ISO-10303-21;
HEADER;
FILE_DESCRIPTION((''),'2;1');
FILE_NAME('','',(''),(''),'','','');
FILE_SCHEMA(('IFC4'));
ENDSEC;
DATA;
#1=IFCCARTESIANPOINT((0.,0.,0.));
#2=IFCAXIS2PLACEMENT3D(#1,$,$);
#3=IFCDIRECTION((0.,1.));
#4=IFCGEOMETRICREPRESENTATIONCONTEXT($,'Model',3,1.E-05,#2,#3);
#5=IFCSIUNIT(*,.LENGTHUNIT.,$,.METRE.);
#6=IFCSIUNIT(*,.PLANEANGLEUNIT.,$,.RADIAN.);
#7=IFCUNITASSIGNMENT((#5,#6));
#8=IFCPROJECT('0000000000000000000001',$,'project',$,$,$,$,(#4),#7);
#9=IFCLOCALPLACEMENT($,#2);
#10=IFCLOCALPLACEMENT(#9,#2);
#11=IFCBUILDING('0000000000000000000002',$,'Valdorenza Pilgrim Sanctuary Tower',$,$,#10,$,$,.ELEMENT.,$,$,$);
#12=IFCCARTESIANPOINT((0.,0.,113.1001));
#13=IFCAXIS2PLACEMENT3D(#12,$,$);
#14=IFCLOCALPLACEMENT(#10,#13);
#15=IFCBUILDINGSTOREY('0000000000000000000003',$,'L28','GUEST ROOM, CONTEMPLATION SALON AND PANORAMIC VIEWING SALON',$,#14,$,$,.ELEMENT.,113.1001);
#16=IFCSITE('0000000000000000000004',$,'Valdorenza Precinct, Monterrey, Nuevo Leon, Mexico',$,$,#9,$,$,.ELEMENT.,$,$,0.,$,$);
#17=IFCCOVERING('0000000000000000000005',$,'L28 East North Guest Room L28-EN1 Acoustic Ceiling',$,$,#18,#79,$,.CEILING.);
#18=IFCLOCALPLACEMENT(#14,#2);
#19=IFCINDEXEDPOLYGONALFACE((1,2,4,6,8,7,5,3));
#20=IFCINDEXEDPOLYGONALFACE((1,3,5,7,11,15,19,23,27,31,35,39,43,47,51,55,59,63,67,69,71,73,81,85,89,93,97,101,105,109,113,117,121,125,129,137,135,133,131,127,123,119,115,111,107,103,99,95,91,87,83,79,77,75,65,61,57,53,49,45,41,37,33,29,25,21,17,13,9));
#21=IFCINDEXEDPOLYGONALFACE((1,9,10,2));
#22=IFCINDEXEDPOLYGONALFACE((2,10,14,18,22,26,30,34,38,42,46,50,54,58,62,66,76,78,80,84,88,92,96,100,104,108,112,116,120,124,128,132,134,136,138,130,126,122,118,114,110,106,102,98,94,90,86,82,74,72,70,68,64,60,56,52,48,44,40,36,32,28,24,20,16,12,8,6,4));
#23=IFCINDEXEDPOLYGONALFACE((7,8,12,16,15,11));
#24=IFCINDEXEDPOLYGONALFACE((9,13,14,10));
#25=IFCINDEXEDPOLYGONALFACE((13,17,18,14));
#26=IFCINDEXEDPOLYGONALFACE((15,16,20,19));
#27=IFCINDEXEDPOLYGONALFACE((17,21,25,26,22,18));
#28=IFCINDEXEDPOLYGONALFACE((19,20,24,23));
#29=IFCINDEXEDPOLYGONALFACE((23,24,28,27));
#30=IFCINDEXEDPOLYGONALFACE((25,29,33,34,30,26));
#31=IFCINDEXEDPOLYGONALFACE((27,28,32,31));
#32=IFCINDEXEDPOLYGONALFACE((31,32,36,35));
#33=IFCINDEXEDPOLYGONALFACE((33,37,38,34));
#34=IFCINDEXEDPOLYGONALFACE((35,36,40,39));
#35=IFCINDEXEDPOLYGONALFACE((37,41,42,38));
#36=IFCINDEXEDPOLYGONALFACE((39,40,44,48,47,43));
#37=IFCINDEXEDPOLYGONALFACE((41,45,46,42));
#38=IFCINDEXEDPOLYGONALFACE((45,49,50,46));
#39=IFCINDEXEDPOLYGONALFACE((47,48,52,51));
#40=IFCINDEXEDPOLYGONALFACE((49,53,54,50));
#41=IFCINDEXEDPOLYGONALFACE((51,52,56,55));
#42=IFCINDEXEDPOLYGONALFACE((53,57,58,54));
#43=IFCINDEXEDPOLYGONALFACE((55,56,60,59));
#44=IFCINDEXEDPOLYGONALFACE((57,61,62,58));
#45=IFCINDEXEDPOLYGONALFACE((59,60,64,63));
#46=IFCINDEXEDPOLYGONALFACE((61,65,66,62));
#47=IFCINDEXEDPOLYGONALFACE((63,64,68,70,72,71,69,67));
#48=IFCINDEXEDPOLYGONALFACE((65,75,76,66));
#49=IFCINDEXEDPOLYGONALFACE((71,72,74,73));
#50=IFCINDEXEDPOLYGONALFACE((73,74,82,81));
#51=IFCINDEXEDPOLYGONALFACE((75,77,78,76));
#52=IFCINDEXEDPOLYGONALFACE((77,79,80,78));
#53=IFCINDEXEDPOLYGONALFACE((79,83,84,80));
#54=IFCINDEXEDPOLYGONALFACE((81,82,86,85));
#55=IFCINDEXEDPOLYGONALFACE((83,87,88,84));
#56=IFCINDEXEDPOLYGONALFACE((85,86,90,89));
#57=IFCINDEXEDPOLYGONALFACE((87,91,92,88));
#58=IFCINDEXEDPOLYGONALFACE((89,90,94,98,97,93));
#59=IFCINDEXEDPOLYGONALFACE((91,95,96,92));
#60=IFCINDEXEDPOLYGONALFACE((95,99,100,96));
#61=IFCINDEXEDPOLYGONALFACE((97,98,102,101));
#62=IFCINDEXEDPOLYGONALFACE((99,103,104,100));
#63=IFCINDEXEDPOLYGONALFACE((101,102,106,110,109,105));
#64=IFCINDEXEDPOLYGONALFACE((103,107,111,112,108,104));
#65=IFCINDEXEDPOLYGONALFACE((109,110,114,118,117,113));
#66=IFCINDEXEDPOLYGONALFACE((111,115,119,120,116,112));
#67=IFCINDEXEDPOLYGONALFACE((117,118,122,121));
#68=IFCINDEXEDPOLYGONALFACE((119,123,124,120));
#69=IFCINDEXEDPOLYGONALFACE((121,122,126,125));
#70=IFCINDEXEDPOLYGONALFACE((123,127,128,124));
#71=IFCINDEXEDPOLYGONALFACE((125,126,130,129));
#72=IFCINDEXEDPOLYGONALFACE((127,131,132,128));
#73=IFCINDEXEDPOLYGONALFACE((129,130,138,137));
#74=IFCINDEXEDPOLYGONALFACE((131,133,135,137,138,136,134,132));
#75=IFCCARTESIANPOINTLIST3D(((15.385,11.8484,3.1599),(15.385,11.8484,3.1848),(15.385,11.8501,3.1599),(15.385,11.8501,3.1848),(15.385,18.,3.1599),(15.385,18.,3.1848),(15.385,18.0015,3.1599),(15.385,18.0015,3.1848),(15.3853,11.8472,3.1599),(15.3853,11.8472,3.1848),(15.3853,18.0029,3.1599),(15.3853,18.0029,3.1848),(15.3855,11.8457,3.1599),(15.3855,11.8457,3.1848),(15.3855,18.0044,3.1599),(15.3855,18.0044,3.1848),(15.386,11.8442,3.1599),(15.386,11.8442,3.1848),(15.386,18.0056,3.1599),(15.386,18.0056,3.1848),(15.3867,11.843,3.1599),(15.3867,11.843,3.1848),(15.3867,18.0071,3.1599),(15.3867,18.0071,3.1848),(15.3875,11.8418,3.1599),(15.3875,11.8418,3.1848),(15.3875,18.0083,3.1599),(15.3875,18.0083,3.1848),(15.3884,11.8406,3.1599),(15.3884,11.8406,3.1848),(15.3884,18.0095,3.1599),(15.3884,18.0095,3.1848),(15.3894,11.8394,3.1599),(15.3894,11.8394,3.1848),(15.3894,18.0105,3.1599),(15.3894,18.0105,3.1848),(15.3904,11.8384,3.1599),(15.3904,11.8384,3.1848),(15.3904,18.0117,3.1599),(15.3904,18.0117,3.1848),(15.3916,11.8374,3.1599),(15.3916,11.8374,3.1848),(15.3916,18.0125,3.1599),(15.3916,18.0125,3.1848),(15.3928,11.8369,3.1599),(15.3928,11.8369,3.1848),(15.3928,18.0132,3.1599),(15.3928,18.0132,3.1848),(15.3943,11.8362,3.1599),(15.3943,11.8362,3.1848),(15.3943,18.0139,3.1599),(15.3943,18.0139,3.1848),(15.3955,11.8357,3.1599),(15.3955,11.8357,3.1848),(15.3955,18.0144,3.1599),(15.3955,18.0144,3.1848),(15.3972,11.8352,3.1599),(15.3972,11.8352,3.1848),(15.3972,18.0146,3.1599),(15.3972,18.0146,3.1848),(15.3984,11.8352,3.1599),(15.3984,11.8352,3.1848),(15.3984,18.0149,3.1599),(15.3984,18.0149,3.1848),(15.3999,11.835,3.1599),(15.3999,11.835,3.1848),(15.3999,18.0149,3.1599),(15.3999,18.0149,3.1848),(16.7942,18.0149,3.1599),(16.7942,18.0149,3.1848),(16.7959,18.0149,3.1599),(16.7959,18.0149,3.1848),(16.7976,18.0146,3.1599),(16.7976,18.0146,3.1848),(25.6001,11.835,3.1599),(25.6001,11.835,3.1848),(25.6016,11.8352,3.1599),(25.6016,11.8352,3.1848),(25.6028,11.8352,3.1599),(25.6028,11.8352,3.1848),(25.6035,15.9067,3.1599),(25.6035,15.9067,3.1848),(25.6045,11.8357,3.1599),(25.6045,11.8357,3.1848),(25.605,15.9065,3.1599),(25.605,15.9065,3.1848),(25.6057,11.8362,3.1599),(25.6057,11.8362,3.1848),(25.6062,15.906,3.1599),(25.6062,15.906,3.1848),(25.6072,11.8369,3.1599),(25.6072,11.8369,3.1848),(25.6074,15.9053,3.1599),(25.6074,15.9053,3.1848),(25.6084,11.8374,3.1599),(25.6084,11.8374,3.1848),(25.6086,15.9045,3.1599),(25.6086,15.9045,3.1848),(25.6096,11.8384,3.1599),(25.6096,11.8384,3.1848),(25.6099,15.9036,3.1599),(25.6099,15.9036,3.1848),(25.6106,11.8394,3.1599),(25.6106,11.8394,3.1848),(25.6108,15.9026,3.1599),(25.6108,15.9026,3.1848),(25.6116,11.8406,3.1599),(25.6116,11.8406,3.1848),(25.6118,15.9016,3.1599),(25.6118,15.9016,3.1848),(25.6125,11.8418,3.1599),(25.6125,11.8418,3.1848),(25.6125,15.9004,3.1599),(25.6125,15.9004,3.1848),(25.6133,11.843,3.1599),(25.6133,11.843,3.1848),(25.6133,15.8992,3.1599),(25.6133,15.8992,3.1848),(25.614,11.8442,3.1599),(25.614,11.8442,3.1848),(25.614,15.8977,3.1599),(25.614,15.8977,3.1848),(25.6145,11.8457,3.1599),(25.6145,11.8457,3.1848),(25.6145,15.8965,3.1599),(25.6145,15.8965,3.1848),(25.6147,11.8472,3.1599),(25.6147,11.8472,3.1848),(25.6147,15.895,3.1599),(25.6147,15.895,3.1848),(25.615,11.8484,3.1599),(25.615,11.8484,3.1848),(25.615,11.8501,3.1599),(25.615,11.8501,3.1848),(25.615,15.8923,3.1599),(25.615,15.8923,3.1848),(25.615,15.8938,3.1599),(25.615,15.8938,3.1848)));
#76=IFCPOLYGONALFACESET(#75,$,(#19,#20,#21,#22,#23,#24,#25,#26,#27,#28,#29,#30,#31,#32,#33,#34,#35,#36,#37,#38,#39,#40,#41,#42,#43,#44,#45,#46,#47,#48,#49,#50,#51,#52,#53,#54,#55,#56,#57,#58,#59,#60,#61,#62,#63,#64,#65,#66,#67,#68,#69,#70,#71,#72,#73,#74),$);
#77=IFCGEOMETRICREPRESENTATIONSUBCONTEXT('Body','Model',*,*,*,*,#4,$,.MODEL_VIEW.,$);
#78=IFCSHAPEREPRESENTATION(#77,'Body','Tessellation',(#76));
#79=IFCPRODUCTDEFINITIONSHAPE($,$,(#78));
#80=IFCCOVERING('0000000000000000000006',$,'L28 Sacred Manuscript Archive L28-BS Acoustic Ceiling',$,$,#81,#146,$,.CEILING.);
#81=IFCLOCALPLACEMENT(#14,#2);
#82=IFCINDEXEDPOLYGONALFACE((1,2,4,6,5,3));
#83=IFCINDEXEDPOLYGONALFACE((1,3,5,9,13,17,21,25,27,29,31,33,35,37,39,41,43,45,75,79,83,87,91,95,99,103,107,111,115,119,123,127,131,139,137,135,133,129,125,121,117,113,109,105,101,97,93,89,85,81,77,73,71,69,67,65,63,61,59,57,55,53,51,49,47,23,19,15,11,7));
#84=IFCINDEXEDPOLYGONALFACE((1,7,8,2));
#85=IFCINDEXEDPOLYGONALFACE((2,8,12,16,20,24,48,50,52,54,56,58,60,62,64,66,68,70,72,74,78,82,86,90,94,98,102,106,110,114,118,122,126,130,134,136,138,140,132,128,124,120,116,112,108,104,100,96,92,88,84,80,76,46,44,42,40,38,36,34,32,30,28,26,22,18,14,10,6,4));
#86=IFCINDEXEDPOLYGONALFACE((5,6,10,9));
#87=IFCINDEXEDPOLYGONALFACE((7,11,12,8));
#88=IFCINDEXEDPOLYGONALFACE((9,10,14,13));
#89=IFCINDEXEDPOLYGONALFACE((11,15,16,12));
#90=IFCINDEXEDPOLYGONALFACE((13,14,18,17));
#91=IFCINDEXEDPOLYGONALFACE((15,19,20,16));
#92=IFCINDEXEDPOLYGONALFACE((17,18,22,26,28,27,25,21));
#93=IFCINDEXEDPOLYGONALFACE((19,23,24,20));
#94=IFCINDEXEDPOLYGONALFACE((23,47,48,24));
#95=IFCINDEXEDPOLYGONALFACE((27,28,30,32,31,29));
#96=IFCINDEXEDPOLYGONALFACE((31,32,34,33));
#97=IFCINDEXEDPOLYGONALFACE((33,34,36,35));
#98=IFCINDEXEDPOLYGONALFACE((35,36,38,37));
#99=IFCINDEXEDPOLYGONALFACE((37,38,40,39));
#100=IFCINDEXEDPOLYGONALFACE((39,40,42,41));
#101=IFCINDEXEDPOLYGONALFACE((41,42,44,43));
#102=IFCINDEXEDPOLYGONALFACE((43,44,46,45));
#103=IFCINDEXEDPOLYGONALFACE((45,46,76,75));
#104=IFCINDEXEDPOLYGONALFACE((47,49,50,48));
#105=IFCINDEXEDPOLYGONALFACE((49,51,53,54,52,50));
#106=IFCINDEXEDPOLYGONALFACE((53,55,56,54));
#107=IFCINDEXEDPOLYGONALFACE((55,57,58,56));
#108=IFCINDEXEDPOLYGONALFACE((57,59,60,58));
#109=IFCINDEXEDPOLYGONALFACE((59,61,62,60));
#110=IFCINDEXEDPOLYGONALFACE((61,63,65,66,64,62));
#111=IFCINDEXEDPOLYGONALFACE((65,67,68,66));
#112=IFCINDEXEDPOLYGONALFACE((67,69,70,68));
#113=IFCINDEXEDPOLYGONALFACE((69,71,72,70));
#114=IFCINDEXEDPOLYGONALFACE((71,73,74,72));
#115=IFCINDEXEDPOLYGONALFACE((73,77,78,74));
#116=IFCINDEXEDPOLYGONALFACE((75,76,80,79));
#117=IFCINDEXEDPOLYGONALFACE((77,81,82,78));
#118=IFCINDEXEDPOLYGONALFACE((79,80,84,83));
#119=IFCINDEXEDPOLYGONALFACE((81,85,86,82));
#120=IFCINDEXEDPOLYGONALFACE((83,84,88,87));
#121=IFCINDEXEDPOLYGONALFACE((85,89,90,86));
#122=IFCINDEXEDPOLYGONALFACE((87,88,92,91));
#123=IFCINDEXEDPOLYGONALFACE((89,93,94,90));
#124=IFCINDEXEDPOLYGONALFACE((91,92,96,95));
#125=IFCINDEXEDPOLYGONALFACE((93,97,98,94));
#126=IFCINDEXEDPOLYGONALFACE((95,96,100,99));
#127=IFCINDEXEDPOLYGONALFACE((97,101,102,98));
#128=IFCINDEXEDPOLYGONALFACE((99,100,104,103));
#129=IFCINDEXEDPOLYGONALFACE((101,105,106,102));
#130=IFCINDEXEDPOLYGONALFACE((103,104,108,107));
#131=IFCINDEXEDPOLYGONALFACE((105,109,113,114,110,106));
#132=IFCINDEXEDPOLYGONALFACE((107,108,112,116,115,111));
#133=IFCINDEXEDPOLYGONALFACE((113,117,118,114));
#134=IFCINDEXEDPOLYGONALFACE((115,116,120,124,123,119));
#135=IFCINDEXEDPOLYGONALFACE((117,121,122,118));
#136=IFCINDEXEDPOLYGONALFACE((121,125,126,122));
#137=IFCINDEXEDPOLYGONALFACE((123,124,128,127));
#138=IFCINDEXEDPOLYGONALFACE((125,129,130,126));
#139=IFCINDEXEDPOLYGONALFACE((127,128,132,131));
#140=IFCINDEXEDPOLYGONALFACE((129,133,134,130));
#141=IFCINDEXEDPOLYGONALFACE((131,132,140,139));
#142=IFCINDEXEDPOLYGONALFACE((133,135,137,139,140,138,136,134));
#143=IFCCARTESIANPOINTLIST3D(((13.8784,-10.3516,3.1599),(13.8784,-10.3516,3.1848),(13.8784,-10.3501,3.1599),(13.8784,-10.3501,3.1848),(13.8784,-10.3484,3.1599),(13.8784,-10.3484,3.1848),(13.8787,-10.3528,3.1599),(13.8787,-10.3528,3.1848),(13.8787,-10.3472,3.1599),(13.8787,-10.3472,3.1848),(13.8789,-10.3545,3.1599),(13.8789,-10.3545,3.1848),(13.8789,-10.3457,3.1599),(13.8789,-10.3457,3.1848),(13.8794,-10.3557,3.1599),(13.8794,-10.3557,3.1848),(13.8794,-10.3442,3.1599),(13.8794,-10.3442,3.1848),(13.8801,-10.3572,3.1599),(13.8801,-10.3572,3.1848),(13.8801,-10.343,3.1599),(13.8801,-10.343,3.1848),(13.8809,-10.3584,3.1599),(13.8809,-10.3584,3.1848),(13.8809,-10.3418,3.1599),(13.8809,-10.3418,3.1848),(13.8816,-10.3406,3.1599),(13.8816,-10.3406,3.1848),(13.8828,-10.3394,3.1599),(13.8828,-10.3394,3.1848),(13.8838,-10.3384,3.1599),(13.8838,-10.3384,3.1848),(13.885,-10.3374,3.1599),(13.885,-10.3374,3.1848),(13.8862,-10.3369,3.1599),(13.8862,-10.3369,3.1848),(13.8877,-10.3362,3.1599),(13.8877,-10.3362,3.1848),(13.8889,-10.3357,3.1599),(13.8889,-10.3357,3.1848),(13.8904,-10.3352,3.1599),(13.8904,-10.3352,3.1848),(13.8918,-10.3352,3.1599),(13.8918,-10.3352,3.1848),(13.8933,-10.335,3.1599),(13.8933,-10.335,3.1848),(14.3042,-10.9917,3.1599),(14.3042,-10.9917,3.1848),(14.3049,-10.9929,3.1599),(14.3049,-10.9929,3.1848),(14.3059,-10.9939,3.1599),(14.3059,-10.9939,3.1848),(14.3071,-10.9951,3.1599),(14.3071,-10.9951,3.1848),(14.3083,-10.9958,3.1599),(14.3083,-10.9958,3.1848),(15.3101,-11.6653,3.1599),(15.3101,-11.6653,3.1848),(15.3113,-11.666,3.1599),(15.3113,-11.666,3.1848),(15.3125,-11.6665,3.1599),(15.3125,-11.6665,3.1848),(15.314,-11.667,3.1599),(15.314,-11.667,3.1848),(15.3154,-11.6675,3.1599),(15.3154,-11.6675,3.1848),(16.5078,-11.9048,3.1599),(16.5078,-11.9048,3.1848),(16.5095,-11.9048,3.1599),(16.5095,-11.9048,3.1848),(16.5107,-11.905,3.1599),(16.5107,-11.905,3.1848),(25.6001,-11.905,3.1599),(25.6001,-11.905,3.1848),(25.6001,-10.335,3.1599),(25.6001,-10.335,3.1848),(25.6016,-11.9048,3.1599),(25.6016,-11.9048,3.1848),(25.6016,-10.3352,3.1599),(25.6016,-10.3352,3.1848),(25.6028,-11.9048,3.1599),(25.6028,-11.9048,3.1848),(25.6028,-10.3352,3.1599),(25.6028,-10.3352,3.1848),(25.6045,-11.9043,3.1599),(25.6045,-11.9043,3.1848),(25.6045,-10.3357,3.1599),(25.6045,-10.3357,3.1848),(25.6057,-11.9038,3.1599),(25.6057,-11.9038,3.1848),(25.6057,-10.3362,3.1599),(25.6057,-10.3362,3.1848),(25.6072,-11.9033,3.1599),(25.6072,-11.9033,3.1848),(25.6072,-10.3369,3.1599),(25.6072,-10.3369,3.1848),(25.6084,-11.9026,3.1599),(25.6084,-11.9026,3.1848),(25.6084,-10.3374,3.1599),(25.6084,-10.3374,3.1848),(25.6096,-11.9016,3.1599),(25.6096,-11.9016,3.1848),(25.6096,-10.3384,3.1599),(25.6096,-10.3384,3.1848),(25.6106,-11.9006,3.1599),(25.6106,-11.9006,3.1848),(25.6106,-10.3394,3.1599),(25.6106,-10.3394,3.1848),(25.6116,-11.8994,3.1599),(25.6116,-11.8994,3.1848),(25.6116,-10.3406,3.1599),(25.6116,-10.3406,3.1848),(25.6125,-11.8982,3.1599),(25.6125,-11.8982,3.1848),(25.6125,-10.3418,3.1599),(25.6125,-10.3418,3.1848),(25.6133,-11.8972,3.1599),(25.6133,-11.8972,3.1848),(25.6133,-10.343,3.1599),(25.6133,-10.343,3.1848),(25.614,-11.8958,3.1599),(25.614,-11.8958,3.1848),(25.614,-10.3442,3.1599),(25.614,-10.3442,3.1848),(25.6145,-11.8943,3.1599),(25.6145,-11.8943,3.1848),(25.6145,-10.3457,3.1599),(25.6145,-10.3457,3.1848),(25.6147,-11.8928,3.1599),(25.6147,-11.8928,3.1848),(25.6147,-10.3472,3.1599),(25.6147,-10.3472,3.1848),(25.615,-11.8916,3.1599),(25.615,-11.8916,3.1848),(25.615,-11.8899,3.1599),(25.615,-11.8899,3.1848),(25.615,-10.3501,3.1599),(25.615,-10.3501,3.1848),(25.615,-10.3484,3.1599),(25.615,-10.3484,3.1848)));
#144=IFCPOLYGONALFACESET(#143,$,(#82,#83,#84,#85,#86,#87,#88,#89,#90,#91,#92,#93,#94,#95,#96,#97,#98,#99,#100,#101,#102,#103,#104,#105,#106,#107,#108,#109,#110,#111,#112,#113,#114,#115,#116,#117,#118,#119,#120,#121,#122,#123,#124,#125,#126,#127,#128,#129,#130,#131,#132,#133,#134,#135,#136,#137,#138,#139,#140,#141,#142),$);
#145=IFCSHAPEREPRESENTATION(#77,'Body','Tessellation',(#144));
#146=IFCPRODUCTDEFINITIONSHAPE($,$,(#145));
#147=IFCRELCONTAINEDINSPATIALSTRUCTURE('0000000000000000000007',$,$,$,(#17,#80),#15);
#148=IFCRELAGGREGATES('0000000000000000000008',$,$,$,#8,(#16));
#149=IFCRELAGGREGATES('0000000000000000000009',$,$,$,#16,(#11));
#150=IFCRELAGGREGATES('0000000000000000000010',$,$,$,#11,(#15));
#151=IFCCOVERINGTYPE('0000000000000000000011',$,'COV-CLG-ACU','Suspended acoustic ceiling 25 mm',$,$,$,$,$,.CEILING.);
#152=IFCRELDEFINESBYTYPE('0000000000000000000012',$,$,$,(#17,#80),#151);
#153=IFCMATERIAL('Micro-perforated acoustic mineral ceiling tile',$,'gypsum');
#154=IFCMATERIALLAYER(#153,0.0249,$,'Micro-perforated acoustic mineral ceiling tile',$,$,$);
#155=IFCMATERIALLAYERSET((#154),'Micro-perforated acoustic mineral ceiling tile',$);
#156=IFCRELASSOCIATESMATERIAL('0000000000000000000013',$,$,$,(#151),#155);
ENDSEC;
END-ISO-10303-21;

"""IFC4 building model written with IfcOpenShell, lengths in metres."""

from ifc_helpers import new_model, si_unit, direction, frame, origin, place, context, subcontext, project, spatial, polyline, outline, extrude, material, layer, layer_set, type_object, element, save


model = new_model("IFC4")

# Units and contexts
model_context = context("Model", 3, precision=1e-05, world=origin(), true_north=direction((0.0, 1.0)))
body_context = subcontext(model_context, "Body", "Model", "MODEL_VIEW")
ifc_project = project(units=[si_unit("LENGTHUNIT", "METRE"), si_unit("PLANEANGLEUNIT", "RADIAN")], contexts=[model_context])

# Site, building, storey
site_placement = place(None, origin())
site = spatial("IfcSite", under=ifc_project, at=site_placement, Name="Valdorenza Precinct, Monterrey, Nuevo Leon, Mexico", CompositionType="ELEMENT", RefElevation=0.0)
building_placement = place(site_placement, origin())
building = spatial("IfcBuilding", under=site, at=building_placement, Name="Valdorenza Pilgrim Sanctuary Tower", CompositionType="ELEMENT")
storey_placement = place(building_placement, frame((0.0, 0.0, 113.1001)))
storey = spatial("IfcBuildingStorey", under=building, at=storey_placement, Name="L28", Description="GUEST ROOM, CONTEMPLATION SALON AND PANORAMIC VIEWING SALON", CompositionType="ELEMENT", Elevation=113.1001)

# Coverings
ifc_material_1 = material(Name="Micro-perforated acoustic mineral ceiling tile", Category="gypsum")
ifc_layer_1 = layer(ifc_material_1, 0.0249, Name="Micro-perforated acoustic mineral ceiling tile")
ifc_layer_set_1 = layer_set([ifc_layer_1], Name="Micro-perforated acoustic mineral ceiling tile")
covering_type_1 = type_object("IfcCoveringType", Name="COV-CLG-ACU", Description="Suspended acoustic ceiling 25 mm", PredefinedType="CEILING", material=ifc_layer_set_1)
covering_1_placement = place(storey_placement, frame((0.0, 0.0, 3.1599)))
element("IfcCovering", 1, at=covering_1_placement, inside=storey, type_object=covering_type_1, Name="L28 East North Guest Room L28-EN1 Acoustic Ceiling", PredefinedType="CEILING", context=body_context, shape_type="SweptSolid", body=[
    extrude(outline(polyline([(16.7942, 18.0149), (16.7959, 18.0149), (16.7976, 18.0146), (25.6035, 15.9067), (25.605, 15.9065), (25.6062, 15.906), (25.6074, 15.9053), (25.6086, 15.9045), (25.6099, 15.9036), (25.6108, 15.9026), (25.6118, 15.9016), (25.6125, 15.9004), (25.6133, 15.8992), (25.614, 15.8977), (25.6145, 15.8965), (25.6147, 15.895), (25.615, 15.8938), (25.615, 15.8923), (25.615, 11.8501), (25.615, 11.8484), (25.6147, 11.8472), (25.6145, 11.8457), (25.614, 11.8442), (25.6133, 11.843), (25.6125, 11.8418), (25.6116, 11.8406), (25.6106, 11.8394), (25.6096, 11.8384), (25.6084, 11.8374), (25.6072, 11.8369), (25.6057, 11.8362), (25.6045, 11.8357), (25.6028, 11.8352), (25.6016, 11.8352), (25.6001, 11.835), (15.3999, 11.835), (15.3984, 11.8352), (15.3972, 11.8352), (15.3955, 11.8357), (15.3943, 11.8362), (15.3928, 11.8369), (15.3916, 11.8374), (15.3904, 11.8384), (15.3894, 11.8394), (15.3884, 11.8406), (15.3875, 11.8418), (15.3867, 11.843), (15.386, 11.8442), (15.3855, 11.8457), (15.3853, 11.8472), (15.385, 11.8484), (15.385, 11.8501), (15.385, 18.0), (15.385, 18.0015), (15.3853, 18.0029), (15.3855, 18.0044), (15.386, 18.0056), (15.3867, 18.0071), (15.3875, 18.0083), (15.3884, 18.0095), (15.3894, 18.0105), (15.3904, 18.0117), (15.3916, 18.0125), (15.3928, 18.0132), (15.3943, 18.0139), (15.3955, 18.0144), (15.3972, 18.0146), (15.3984, 18.0149), (15.3999, 18.0149), (16.7942, 18.0149)])), origin(), (0.0, 0.0, 1.0), 0.0249),
])
covering_2_placement = place(storey_placement, frame((0.0, 0.0, 3.1599)))
element("IfcCovering", 2, at=covering_2_placement, inside=storey, type_object=covering_type_1, Name="L28 Sacred Manuscript Archive L28-BS Acoustic Ceiling", PredefinedType="CEILING", context=body_context, shape_type="SweptSolid", body=[
    extrude(outline(polyline([(25.615, -11.8899), (25.615, -11.8916), (25.6147, -11.8928), (25.6145, -11.8943), (25.614, -11.8958), (25.6133, -11.8972), (25.6125, -11.8982), (25.6116, -11.8994), (25.6106, -11.9006), (25.6096, -11.9016), (25.6084, -11.9026), (25.6072, -11.9033), (25.6057, -11.9038), (25.6045, -11.9043), (25.6028, -11.9048), (25.6016, -11.9048), (25.6001, -11.905), (16.5107, -11.905), (16.5095, -11.9048), (16.5078, -11.9048), (15.3154, -11.6675), (15.314, -11.667), (15.3125, -11.6665), (15.3113, -11.666), (15.3101, -11.6653), (14.3083, -10.9958), (14.3071, -10.9951), (14.3059, -10.9939), (14.3049, -10.9929), (14.3042, -10.9917), (13.8809, -10.3584), (13.8801, -10.3572), (13.8794, -10.3557), (13.8789, -10.3545), (13.8787, -10.3528), (13.8784, -10.3516), (13.8784, -10.3501), (13.8784, -10.3484), (13.8787, -10.3472), (13.8789, -10.3457), (13.8794, -10.3442), (13.8801, -10.343), (13.8809, -10.3418), (13.8816, -10.3406), (13.8828, -10.3394), (13.8838, -10.3384), (13.885, -10.3374), (13.8862, -10.3369), (13.8877, -10.3362), (13.8889, -10.3357), (13.8904, -10.3352), (13.8918, -10.3352), (13.8933, -10.335), (25.6001, -10.335), (25.6016, -10.3352), (25.6028, -10.3352), (25.6045, -10.3357), (25.6057, -10.3362), (25.6072, -10.3369), (25.6084, -10.3374), (25.6096, -10.3384), (25.6106, -10.3394), (25.6116, -10.3406), (25.6125, -10.3418), (25.6133, -10.343), (25.614, -10.3442), (25.6145, -10.3457), (25.6147, -10.3472), (25.615, -10.3484), (25.615, -10.3501), (25.615, -11.8899)])), origin(), (0.0, 0.0, 1.0), 0.0249),
])

save(model, "model.ifc")
